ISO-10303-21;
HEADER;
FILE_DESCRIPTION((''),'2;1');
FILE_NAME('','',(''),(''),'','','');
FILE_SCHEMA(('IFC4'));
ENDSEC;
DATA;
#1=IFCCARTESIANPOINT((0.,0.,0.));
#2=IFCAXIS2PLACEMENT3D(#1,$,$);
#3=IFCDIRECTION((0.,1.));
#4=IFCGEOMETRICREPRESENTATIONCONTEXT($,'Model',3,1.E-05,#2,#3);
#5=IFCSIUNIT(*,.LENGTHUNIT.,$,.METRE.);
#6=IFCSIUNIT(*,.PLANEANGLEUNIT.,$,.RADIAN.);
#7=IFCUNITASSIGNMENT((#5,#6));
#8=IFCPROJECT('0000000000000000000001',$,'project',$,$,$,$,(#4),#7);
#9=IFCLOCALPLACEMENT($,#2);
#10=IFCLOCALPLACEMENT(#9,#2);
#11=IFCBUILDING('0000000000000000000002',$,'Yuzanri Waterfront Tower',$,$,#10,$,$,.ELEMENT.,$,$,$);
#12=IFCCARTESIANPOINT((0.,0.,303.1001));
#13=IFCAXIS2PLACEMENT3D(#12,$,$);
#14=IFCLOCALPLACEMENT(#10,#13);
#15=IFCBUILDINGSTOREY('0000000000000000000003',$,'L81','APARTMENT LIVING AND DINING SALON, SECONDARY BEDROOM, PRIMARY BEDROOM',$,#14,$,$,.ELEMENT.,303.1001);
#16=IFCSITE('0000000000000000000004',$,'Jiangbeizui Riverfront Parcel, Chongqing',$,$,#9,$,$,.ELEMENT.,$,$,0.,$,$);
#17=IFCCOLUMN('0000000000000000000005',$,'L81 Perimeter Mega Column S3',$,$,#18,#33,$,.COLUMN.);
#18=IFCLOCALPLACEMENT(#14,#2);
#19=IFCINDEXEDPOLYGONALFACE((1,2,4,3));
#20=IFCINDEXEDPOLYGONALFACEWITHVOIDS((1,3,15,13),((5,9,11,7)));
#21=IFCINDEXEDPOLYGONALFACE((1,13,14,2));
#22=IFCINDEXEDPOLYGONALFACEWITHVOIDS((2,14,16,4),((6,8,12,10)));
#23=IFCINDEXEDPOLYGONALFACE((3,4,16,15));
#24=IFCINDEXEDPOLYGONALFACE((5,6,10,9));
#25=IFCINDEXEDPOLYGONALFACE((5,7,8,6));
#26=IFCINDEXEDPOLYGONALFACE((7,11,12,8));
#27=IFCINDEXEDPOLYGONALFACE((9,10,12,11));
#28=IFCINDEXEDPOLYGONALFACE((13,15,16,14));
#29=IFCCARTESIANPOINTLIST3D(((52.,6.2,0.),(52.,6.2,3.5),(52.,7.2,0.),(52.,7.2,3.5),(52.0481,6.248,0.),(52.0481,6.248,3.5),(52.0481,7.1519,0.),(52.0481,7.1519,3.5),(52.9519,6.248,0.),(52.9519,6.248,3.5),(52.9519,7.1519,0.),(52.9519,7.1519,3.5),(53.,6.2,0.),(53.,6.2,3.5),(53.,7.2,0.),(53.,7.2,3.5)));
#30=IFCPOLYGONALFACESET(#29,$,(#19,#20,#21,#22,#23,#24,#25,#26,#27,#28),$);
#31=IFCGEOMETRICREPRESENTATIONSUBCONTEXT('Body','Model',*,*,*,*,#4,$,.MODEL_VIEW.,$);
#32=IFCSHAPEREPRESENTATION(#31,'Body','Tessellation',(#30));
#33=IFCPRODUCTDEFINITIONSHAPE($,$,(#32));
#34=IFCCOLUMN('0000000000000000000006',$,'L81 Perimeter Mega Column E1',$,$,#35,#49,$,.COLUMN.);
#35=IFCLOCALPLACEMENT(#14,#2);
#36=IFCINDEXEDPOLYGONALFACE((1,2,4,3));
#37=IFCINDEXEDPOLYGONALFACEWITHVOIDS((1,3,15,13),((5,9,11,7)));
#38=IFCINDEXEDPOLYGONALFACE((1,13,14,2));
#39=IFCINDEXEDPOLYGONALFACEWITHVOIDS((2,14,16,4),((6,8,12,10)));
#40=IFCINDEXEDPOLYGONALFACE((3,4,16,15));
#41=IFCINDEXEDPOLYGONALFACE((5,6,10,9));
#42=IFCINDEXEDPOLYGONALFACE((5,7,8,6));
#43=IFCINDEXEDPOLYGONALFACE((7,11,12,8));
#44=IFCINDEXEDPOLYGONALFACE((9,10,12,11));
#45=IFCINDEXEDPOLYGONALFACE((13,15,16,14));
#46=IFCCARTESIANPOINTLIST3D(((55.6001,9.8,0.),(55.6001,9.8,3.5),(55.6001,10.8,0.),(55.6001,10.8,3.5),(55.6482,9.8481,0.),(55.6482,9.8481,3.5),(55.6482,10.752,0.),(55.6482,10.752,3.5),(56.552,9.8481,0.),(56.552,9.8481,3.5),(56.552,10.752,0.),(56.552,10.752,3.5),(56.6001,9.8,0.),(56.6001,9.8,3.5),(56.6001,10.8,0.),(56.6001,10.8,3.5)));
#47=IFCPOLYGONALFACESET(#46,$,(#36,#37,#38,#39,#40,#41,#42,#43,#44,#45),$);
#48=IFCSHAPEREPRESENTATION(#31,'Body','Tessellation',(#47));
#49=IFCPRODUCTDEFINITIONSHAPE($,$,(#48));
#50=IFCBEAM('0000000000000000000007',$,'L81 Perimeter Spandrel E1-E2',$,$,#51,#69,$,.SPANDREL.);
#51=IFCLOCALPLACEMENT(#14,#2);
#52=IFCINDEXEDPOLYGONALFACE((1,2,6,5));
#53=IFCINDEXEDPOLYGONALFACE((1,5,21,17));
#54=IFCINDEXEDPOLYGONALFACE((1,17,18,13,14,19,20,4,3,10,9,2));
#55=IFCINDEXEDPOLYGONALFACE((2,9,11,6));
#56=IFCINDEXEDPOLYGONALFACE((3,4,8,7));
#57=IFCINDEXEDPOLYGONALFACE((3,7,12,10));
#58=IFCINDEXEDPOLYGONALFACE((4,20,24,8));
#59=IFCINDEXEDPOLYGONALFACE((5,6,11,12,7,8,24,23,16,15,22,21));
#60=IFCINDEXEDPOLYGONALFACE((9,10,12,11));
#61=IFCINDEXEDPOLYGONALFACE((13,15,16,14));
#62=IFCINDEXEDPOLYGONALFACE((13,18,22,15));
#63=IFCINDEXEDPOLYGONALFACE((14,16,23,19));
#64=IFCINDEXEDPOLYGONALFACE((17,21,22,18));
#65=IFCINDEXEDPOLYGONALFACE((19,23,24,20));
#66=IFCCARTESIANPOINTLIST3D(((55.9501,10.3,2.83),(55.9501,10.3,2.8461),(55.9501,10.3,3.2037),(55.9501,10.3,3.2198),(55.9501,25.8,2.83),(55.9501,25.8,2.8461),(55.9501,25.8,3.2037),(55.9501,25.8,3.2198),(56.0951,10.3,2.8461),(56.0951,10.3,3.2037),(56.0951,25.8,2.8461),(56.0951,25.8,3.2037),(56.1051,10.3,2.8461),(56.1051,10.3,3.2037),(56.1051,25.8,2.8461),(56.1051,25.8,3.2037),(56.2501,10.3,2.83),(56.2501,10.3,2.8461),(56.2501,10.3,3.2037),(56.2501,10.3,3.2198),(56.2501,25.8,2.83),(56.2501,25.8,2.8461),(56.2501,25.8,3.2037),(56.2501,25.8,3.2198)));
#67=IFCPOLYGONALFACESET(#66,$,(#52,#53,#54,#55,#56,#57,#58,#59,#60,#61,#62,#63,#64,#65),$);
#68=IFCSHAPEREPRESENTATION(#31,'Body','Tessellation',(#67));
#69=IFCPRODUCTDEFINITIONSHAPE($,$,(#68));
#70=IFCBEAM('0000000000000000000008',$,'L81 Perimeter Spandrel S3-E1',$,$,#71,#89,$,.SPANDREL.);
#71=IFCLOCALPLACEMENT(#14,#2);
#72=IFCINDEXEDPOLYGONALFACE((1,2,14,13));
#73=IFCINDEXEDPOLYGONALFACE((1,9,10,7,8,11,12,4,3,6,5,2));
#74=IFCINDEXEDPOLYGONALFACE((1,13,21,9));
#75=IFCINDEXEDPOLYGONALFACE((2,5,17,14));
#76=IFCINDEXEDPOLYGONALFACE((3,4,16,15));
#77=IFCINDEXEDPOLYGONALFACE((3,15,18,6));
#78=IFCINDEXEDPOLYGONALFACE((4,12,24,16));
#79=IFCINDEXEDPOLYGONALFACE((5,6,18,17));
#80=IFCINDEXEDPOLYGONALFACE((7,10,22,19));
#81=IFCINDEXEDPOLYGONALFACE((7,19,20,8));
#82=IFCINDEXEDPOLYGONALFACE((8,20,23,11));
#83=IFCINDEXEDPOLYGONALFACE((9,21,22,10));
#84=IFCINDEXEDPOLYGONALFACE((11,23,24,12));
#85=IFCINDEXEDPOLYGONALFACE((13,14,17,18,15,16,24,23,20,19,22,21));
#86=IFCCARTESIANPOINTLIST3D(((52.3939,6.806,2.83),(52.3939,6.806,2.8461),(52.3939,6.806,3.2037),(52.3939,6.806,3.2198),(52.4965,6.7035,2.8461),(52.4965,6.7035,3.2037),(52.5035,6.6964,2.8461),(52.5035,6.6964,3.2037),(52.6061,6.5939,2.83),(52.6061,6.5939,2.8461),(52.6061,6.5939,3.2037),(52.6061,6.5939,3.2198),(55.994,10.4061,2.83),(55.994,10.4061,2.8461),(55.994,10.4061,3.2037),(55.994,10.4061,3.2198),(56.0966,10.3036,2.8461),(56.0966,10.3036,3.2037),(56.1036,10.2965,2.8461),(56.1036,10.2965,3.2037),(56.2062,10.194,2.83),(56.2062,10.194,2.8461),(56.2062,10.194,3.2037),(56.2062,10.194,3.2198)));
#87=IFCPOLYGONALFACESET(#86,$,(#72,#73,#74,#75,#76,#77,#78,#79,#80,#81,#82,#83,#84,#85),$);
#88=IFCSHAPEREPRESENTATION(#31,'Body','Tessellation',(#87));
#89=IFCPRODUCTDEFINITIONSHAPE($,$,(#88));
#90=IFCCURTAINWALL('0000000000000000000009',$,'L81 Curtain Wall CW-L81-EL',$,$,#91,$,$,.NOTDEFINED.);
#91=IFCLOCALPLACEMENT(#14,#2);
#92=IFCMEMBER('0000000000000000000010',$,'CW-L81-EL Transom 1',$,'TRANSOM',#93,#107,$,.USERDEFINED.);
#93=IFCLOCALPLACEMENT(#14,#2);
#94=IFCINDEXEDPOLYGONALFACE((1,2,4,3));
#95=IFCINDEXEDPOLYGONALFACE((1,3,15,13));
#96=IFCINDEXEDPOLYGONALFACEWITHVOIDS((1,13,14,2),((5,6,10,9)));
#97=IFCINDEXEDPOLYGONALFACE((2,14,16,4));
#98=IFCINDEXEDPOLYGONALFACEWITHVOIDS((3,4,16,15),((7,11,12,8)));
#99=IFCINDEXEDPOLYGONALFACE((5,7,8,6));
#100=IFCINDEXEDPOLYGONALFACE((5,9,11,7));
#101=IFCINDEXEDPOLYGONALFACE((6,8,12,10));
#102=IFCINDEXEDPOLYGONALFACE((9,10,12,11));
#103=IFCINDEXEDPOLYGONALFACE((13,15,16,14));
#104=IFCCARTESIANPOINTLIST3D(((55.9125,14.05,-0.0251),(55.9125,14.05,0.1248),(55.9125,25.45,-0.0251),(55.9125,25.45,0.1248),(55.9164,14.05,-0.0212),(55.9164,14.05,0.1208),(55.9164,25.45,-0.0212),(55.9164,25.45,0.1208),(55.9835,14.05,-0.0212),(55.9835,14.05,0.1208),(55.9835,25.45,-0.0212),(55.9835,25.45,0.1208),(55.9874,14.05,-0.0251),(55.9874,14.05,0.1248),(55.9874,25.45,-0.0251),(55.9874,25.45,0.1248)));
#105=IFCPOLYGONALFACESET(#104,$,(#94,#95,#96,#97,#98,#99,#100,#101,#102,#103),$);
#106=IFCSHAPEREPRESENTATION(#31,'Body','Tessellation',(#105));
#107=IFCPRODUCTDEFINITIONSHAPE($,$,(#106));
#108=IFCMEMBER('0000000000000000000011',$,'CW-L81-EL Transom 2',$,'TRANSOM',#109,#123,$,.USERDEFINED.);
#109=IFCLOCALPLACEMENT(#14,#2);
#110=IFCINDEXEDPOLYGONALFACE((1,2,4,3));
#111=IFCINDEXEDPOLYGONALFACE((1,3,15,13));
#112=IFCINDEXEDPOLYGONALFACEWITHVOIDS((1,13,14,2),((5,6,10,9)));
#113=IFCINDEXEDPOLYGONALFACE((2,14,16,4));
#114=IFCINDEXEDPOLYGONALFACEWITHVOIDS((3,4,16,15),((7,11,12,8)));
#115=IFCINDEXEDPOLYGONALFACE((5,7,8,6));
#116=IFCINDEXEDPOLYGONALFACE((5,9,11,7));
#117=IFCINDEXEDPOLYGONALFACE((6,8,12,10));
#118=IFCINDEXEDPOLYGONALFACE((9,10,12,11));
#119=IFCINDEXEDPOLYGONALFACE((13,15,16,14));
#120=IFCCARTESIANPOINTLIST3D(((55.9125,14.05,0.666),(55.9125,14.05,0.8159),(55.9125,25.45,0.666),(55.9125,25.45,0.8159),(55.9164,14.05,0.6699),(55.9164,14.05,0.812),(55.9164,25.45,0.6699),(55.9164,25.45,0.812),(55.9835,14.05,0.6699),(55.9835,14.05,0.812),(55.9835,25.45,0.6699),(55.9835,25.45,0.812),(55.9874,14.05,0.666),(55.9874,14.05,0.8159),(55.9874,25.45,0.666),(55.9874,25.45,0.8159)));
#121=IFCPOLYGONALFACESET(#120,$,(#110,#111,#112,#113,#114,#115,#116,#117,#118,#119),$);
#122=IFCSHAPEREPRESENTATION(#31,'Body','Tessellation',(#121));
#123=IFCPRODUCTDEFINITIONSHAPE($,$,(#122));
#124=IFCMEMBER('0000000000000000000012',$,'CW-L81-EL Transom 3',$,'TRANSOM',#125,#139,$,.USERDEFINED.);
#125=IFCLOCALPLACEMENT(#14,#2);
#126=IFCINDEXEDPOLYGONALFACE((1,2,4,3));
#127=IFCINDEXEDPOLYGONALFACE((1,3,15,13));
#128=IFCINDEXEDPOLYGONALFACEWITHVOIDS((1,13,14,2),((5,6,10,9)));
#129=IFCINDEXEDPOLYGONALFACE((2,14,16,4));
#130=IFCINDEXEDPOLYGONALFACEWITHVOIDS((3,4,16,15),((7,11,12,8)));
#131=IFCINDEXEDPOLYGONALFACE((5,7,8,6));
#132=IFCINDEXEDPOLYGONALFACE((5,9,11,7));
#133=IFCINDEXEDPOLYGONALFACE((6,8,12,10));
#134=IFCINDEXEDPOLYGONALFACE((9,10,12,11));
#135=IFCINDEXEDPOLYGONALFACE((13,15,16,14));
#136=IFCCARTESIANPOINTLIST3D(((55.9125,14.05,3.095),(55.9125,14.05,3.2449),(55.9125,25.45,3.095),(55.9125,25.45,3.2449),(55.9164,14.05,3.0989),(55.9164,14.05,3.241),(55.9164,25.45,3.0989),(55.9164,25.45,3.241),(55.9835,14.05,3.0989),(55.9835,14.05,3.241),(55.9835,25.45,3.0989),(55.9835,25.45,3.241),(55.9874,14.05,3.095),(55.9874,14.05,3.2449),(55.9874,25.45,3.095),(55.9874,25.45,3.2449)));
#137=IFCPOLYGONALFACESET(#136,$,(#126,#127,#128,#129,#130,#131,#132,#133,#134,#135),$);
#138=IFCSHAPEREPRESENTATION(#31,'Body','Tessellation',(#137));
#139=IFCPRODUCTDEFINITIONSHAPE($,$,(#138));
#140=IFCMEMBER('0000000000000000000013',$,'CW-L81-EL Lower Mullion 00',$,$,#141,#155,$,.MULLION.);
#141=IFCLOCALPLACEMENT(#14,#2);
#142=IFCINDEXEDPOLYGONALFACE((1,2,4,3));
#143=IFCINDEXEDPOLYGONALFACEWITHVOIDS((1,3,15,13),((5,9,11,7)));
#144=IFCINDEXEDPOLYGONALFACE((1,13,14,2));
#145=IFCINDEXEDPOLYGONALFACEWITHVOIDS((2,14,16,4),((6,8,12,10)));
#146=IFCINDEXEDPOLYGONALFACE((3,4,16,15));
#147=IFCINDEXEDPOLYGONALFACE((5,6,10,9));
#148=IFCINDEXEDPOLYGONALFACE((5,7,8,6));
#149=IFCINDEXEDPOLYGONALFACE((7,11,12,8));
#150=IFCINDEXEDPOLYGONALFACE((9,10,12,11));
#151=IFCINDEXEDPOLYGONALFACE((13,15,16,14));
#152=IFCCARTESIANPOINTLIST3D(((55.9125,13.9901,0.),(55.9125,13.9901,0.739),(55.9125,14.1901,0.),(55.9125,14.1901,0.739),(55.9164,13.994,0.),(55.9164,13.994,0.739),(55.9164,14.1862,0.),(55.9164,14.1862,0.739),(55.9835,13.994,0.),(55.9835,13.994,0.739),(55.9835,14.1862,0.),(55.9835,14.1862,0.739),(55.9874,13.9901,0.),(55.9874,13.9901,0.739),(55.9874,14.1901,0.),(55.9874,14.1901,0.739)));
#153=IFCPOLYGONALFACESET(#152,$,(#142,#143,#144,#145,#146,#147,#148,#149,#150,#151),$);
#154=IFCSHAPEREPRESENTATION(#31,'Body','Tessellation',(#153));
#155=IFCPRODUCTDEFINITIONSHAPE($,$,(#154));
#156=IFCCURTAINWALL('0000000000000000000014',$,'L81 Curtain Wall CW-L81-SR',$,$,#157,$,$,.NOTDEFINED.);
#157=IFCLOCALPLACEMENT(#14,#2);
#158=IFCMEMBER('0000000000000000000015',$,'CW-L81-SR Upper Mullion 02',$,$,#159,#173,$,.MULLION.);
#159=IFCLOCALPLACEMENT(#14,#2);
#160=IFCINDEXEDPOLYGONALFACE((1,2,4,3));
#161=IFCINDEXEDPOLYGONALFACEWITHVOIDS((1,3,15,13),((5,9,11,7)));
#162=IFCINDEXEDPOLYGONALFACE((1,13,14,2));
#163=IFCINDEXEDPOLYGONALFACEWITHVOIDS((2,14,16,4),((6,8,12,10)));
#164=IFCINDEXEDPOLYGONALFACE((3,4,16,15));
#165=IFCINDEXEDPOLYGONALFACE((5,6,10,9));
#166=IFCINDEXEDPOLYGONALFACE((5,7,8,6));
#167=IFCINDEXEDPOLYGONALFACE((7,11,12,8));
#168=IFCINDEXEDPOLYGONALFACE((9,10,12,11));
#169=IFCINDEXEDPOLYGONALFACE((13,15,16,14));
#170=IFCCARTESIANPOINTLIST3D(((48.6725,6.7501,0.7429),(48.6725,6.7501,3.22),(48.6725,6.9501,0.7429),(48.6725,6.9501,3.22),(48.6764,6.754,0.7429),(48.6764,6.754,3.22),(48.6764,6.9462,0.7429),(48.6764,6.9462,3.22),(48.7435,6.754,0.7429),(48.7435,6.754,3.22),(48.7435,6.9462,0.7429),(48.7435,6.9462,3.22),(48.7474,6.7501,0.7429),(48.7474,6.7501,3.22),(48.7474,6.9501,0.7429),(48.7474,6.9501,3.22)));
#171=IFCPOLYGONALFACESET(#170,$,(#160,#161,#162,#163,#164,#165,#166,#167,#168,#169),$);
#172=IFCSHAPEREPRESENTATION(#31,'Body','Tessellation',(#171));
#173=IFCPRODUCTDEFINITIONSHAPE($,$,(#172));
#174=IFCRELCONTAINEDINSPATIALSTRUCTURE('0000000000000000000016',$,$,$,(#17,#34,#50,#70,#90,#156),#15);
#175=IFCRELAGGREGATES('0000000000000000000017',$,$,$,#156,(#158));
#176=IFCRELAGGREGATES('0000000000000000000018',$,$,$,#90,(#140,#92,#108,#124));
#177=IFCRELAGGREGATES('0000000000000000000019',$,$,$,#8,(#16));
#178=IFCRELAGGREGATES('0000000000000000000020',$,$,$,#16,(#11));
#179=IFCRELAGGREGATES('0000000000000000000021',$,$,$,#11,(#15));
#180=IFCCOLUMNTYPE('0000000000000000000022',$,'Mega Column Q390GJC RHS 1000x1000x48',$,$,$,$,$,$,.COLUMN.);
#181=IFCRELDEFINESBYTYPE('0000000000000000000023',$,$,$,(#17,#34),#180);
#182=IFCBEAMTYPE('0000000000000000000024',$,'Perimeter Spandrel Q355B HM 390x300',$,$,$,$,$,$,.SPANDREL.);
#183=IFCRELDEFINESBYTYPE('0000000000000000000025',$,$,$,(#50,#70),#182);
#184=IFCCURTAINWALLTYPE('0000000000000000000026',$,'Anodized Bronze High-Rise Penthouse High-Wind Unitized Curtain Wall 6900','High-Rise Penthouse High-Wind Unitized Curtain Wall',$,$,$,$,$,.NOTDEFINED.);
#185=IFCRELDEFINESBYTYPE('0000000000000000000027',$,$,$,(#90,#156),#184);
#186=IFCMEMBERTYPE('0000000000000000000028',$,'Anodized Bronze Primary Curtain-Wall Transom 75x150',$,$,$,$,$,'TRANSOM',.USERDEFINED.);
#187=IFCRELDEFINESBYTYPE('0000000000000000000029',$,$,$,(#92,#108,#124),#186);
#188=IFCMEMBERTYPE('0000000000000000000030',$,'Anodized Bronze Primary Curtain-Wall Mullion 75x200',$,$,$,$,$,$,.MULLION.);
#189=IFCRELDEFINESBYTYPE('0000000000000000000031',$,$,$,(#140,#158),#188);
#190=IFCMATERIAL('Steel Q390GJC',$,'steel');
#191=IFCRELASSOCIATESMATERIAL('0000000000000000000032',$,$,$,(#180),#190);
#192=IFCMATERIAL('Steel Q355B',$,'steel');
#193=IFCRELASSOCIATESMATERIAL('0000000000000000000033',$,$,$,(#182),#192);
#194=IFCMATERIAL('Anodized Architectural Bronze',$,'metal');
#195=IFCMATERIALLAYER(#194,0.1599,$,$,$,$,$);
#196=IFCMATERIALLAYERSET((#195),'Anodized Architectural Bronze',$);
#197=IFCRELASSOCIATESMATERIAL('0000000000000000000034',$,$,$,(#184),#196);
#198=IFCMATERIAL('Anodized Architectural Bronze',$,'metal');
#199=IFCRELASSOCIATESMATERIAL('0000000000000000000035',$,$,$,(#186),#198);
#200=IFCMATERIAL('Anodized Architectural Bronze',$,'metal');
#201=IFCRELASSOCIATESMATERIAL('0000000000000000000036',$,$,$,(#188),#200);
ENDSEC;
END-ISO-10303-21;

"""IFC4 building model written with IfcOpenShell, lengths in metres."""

from ifc_helpers import new_model, si_unit, direction, frame, origin, origin_2d, place, context, subcontext, project, spatial, hollow_rectangle, i_section, extrude, source, transform, mapped, material, layer, layer_set, material_profile, profile_set, type_object, element, aggregate, save


model = new_model("IFC4")

# Units and contexts
model_context = context("Model", 3, precision=1e-05, world=origin(), true_north=direction((0.0, 1.0)))
body_context = subcontext(model_context, "Body", "Model", "MODEL_VIEW")
ifc_project = project(units=[si_unit("LENGTHUNIT", "METRE"), si_unit("PLANEANGLEUNIT", "RADIAN")], contexts=[model_context])

# Site, building, storey
site_placement = place(None, origin())
site = spatial("IfcSite", under=ifc_project, at=site_placement, Name="Jiangbeizui Riverfront Parcel, Chongqing", CompositionType="ELEMENT", RefElevation=0.0)
building_placement = place(site_placement, origin())
building = spatial("IfcBuilding", under=site, at=building_placement, Name="Yuzanri Waterfront Tower", CompositionType="ELEMENT")
storey_placement = place(building_placement, frame((0.0, 0.0, 303.1001)))
storey = spatial("IfcBuildingStorey", under=building, at=storey_placement, Name="L81", Description="APARTMENT LIVING AND DINING SALON, SECONDARY BEDROOM, PRIMARY BEDROOM", CompositionType="ELEMENT", Elevation=303.1001)

# Columns
ifc_material_1 = material(Name="Steel Q390GJC", Category="steel")
ifc_material_profile_1 = material_profile(ifc_material_1, hollow_rectangle(XDim=1.0, YDim=1.0, WallThickness=0.0481, at=origin_2d()), Name="RHS 1000x1000x48")
ifc_profile_set_1 = profile_set([ifc_material_profile_1], Name="Steel Q390GJC")
column_type = type_object("IfcColumnType", Name="Mega Column Q390GJC RHS 1000x1000x48", PredefinedType="COLUMN", material=ifc_profile_set_1)
shared_shape_1 = source(origin(), body_context, "Body", "SweptSolid", [
    extrude(hollow_rectangle(XDim=1.0, YDim=1.0, WallThickness=0.0481, at=origin_2d()), origin(), (0.0, 0.0, 1.0), 3.5),
])
for number, where, z_axis, x_axis, name in (
    (1, (52.5, 6.7, 0.0), (0.0, 0.0, 1.0), (1.0, 0.0, 0.0), "L81 Perimeter Mega Column S3"),
    (2, (56.1001, 10.3, 0.0), (0.0, 0.0, 1.0), (1.0, 0.0, 0.0), "L81 Perimeter Mega Column E1"),
):
    element("IfcColumn", number, at=place(storey_placement, frame(where, z_axis=z_axis, x_axis=x_axis)), inside=storey, type_object=column_type, Name=name, PredefinedType="COLUMN", context=body_context, shape_type="MappedRepresentation", body=[
        mapped(shared_shape_1, transform((0.0, 0.0, 0.0), scale=1.0)),
    ])

# Beams
ifc_material_2 = material(Name="Steel Q355B", Category="steel")
ifc_material_profile_2 = material_profile(ifc_material_2, i_section(OverallWidth=0.3, OverallDepth=0.3899, WebThickness=0.01, FlangeThickness=0.0161, at=origin_2d()), Name="HM 390x300x10x16")
ifc_profile_set_2 = profile_set([ifc_material_profile_2], Name="Steel Q355B")
beam_type = type_object("IfcBeamType", Name="Perimeter Spandrel Q355B HM 390x300", PredefinedType="SPANDREL", material=ifc_profile_set_2)
shared_shape_2 = source(origin(), body_context, "Body", "SweptSolid", [
    extrude(i_section(OverallWidth=0.3, OverallDepth=0.3899, WebThickness=0.01, FlangeThickness=0.0161, at=origin_2d()), origin(), (0.0, 0.0, 1.0), 15.5),
])
beam_1_placement = place(storey_placement, frame((56.1001, 10.3, 3.0249), z_axis=(0.0, 1.0, 0.0), x_axis=(-1.0, 0.0, 0.0)))
element("IfcBeam", 3, at=beam_1_placement, inside=storey, type_object=beam_type, Name="L81 Perimeter Spandrel E1-E2", PredefinedType="SPANDREL", context=body_context, shape_type="MappedRepresentation", body=[
    mapped(shared_shape_2, transform((0.0, 0.0, 0.0), scale=1.0)),
])
shared_shape_3 = source(origin(), body_context, "Body", "SweptSolid", [
    extrude(i_section(OverallWidth=0.3, OverallDepth=0.3899, WebThickness=0.01, FlangeThickness=0.0161, at=origin_2d()), origin(), (0.0, 0.0, 1.0), 5.0913),
])
beam_2_placement = place(storey_placement, frame((52.5, 6.7, 3.0249), z_axis=(0.707107, 0.707107, 0.0), x_axis=(-0.707107, 0.707107, 0.0)))
element("IfcBeam", 4, at=beam_2_placement, inside=storey, type_object=beam_type, Name="L81 Perimeter Spandrel S3-E1", PredefinedType="SPANDREL", context=body_context, shape_type="MappedRepresentation", body=[
    mapped(shared_shape_3, transform((0.0, 0.0, 0.0), scale=1.0)),
])

# Curtain wall, members
ifc_material_3 = material(Name="Anodized Architectural Bronze", Category="metal")
ifc_layer_1 = layer(ifc_material_3, 0.1599)
ifc_layer_set_1 = layer_set([ifc_layer_1], Name="Anodized Architectural Bronze")
curtain_wall_type = type_object("IfcCurtainWallType", Name="Anodized Bronze High-Rise Penthouse High-Wind Unitized Curtain Wall 6900", Description="High-Rise Penthouse High-Wind Unitized Curtain Wall", PredefinedType="NOTDEFINED", material=ifc_layer_set_1)
curtain_wall_1_placement = place(storey_placement, origin())
curtain_wall_1 = element("IfcCurtainWall", 5, at=curtain_wall_1_placement, inside=storey, type_object=curtain_wall_type, Name="L81 Curtain Wall CW-L81-EL", PredefinedType="NOTDEFINED")
ifc_material_4 = material(Name="Anodized Architectural Bronze", Category="metal")
ifc_material_profile_3 = material_profile(ifc_material_4, hollow_rectangle(XDim=0.075, YDim=0.1499, WallThickness=0.0039, at=origin_2d()), Name="CWT 75x150")
ifc_profile_set_3 = profile_set([ifc_material_profile_3], Name="Anodized Architectural Bronze")
member_type_1 = type_object("IfcMemberType", Name="Anodized Bronze Primary Curtain-Wall Transom 75x150", ElementType="TRANSOM", PredefinedType="USERDEFINED", material=ifc_profile_set_3)
shared_shape_4 = source(origin(), body_context, "Body", "SweptSolid", [
    extrude(hollow_rectangle(XDim=0.075, YDim=0.1499, WallThickness=0.0039, at=origin_2d()), origin(), (0.0, 0.0, 1.0), 11.3999),
])
member_1_placement = place(storey_placement, frame((55.95, 14.05, 0.0498), z_axis=(0.0, 1.0, 0.0), x_axis=(-1.0, 0.0, 0.0)))
member_1 = element("IfcMember", 6, at=member_1_placement, type_object=member_type_1, Name="CW-L81-EL Transom 1", ObjectType="TRANSOM", PredefinedType="USERDEFINED", context=body_context, shape_type="MappedRepresentation", body=[
    mapped(shared_shape_4, transform((0.0, 0.0, 0.0), scale=1.0)),
])
member_2_placement = place(storey_placement, frame((55.95, 14.05, 0.741), z_axis=(0.0, 1.0, 0.0), x_axis=(-1.0, 0.0, 0.0)))
member_2 = element("IfcMember", 7, at=member_2_placement, type_object=member_type_1, Name="CW-L81-EL Transom 2", ObjectType="TRANSOM", PredefinedType="USERDEFINED", context=body_context, shape_type="MappedRepresentation", body=[
    mapped(shared_shape_4, transform((0.0, 0.0, 0.0), scale=1.0)),
])
member_3_placement = place(storey_placement, frame((55.95, 14.05, 3.1699), z_axis=(0.0, 1.0, 0.0), x_axis=(-1.0, 0.0, 0.0)))
member_3 = element("IfcMember", 8, at=member_3_placement, type_object=member_type_1, Name="CW-L81-EL Transom 3", ObjectType="TRANSOM", PredefinedType="USERDEFINED", context=body_context, shape_type="MappedRepresentation", body=[
    mapped(shared_shape_4, transform((0.0, 0.0, 0.0), scale=1.0)),
])
ifc_material_5 = material(Name="Anodized Architectural Bronze", Category="metal")
ifc_material_profile_4 = material_profile(ifc_material_5, hollow_rectangle(XDim=0.075, YDim=0.2, WallThickness=0.0039, at=origin_2d()), Name="CWM 75x200")
ifc_profile_set_4 = profile_set([ifc_material_profile_4], Name="Anodized Architectural Bronze")
member_type_2 = type_object("IfcMemberType", Name="Anodized Bronze Primary Curtain-Wall Mullion 75x200", PredefinedType="MULLION", material=ifc_profile_set_4)
shared_shape_5 = source(origin(), body_context, "Body", "SweptSolid", [
    extrude(hollow_rectangle(XDim=0.075, YDim=0.2, WallThickness=0.0039, at=origin_2d()), origin(), (0.0, 0.0, 1.0), 0.739),
])
member_4_placement = place(storey_placement, frame((55.95, 14.0901, 0.0), z_axis=(0.0, 0.0, 1.0), x_axis=(1.0, 0.0, 0.0)))
member_4 = element("IfcMember", 9, at=member_4_placement, type_object=member_type_2, Name="CW-L81-EL Lower Mullion 00", PredefinedType="MULLION", context=body_context, shape_type="MappedRepresentation", body=[
    mapped(shared_shape_5, transform((0.0, 0.0, 0.0), scale=1.0)),
])

# Curtain wall, member
curtain_wall_2_placement = place(storey_placement, origin())
curtain_wall_2 = element("IfcCurtainWall", 10, at=curtain_wall_2_placement, inside=storey, type_object=curtain_wall_type, Name="L81 Curtain Wall CW-L81-SR", PredefinedType="NOTDEFINED")
shared_shape_6 = source(origin(), body_context, "Body", "SweptSolid", [
    extrude(hollow_rectangle(XDim=0.075, YDim=0.2, WallThickness=0.0039, at=origin_2d()), origin(), (0.0, 0.0, 1.0), 2.4771),
])
member_5_placement = place(storey_placement, frame((48.71, 6.8501, 0.7429), z_axis=(0.0, 0.0, 1.0), x_axis=(1.0, 0.0, 0.0)))
member_5 = element("IfcMember", 11, at=member_5_placement, type_object=member_type_2, Name="CW-L81-SR Upper Mullion 02", PredefinedType="MULLION", context=body_context, shape_type="MappedRepresentation", body=[
    mapped(shared_shape_6, transform((0.0, 0.0, 0.0), scale=1.0)),
])
aggregate(curtain_wall_2, [member_5])

aggregate(curtain_wall_1, [member_4, member_1, member_2, member_3])

save(model, "model.ifc")
